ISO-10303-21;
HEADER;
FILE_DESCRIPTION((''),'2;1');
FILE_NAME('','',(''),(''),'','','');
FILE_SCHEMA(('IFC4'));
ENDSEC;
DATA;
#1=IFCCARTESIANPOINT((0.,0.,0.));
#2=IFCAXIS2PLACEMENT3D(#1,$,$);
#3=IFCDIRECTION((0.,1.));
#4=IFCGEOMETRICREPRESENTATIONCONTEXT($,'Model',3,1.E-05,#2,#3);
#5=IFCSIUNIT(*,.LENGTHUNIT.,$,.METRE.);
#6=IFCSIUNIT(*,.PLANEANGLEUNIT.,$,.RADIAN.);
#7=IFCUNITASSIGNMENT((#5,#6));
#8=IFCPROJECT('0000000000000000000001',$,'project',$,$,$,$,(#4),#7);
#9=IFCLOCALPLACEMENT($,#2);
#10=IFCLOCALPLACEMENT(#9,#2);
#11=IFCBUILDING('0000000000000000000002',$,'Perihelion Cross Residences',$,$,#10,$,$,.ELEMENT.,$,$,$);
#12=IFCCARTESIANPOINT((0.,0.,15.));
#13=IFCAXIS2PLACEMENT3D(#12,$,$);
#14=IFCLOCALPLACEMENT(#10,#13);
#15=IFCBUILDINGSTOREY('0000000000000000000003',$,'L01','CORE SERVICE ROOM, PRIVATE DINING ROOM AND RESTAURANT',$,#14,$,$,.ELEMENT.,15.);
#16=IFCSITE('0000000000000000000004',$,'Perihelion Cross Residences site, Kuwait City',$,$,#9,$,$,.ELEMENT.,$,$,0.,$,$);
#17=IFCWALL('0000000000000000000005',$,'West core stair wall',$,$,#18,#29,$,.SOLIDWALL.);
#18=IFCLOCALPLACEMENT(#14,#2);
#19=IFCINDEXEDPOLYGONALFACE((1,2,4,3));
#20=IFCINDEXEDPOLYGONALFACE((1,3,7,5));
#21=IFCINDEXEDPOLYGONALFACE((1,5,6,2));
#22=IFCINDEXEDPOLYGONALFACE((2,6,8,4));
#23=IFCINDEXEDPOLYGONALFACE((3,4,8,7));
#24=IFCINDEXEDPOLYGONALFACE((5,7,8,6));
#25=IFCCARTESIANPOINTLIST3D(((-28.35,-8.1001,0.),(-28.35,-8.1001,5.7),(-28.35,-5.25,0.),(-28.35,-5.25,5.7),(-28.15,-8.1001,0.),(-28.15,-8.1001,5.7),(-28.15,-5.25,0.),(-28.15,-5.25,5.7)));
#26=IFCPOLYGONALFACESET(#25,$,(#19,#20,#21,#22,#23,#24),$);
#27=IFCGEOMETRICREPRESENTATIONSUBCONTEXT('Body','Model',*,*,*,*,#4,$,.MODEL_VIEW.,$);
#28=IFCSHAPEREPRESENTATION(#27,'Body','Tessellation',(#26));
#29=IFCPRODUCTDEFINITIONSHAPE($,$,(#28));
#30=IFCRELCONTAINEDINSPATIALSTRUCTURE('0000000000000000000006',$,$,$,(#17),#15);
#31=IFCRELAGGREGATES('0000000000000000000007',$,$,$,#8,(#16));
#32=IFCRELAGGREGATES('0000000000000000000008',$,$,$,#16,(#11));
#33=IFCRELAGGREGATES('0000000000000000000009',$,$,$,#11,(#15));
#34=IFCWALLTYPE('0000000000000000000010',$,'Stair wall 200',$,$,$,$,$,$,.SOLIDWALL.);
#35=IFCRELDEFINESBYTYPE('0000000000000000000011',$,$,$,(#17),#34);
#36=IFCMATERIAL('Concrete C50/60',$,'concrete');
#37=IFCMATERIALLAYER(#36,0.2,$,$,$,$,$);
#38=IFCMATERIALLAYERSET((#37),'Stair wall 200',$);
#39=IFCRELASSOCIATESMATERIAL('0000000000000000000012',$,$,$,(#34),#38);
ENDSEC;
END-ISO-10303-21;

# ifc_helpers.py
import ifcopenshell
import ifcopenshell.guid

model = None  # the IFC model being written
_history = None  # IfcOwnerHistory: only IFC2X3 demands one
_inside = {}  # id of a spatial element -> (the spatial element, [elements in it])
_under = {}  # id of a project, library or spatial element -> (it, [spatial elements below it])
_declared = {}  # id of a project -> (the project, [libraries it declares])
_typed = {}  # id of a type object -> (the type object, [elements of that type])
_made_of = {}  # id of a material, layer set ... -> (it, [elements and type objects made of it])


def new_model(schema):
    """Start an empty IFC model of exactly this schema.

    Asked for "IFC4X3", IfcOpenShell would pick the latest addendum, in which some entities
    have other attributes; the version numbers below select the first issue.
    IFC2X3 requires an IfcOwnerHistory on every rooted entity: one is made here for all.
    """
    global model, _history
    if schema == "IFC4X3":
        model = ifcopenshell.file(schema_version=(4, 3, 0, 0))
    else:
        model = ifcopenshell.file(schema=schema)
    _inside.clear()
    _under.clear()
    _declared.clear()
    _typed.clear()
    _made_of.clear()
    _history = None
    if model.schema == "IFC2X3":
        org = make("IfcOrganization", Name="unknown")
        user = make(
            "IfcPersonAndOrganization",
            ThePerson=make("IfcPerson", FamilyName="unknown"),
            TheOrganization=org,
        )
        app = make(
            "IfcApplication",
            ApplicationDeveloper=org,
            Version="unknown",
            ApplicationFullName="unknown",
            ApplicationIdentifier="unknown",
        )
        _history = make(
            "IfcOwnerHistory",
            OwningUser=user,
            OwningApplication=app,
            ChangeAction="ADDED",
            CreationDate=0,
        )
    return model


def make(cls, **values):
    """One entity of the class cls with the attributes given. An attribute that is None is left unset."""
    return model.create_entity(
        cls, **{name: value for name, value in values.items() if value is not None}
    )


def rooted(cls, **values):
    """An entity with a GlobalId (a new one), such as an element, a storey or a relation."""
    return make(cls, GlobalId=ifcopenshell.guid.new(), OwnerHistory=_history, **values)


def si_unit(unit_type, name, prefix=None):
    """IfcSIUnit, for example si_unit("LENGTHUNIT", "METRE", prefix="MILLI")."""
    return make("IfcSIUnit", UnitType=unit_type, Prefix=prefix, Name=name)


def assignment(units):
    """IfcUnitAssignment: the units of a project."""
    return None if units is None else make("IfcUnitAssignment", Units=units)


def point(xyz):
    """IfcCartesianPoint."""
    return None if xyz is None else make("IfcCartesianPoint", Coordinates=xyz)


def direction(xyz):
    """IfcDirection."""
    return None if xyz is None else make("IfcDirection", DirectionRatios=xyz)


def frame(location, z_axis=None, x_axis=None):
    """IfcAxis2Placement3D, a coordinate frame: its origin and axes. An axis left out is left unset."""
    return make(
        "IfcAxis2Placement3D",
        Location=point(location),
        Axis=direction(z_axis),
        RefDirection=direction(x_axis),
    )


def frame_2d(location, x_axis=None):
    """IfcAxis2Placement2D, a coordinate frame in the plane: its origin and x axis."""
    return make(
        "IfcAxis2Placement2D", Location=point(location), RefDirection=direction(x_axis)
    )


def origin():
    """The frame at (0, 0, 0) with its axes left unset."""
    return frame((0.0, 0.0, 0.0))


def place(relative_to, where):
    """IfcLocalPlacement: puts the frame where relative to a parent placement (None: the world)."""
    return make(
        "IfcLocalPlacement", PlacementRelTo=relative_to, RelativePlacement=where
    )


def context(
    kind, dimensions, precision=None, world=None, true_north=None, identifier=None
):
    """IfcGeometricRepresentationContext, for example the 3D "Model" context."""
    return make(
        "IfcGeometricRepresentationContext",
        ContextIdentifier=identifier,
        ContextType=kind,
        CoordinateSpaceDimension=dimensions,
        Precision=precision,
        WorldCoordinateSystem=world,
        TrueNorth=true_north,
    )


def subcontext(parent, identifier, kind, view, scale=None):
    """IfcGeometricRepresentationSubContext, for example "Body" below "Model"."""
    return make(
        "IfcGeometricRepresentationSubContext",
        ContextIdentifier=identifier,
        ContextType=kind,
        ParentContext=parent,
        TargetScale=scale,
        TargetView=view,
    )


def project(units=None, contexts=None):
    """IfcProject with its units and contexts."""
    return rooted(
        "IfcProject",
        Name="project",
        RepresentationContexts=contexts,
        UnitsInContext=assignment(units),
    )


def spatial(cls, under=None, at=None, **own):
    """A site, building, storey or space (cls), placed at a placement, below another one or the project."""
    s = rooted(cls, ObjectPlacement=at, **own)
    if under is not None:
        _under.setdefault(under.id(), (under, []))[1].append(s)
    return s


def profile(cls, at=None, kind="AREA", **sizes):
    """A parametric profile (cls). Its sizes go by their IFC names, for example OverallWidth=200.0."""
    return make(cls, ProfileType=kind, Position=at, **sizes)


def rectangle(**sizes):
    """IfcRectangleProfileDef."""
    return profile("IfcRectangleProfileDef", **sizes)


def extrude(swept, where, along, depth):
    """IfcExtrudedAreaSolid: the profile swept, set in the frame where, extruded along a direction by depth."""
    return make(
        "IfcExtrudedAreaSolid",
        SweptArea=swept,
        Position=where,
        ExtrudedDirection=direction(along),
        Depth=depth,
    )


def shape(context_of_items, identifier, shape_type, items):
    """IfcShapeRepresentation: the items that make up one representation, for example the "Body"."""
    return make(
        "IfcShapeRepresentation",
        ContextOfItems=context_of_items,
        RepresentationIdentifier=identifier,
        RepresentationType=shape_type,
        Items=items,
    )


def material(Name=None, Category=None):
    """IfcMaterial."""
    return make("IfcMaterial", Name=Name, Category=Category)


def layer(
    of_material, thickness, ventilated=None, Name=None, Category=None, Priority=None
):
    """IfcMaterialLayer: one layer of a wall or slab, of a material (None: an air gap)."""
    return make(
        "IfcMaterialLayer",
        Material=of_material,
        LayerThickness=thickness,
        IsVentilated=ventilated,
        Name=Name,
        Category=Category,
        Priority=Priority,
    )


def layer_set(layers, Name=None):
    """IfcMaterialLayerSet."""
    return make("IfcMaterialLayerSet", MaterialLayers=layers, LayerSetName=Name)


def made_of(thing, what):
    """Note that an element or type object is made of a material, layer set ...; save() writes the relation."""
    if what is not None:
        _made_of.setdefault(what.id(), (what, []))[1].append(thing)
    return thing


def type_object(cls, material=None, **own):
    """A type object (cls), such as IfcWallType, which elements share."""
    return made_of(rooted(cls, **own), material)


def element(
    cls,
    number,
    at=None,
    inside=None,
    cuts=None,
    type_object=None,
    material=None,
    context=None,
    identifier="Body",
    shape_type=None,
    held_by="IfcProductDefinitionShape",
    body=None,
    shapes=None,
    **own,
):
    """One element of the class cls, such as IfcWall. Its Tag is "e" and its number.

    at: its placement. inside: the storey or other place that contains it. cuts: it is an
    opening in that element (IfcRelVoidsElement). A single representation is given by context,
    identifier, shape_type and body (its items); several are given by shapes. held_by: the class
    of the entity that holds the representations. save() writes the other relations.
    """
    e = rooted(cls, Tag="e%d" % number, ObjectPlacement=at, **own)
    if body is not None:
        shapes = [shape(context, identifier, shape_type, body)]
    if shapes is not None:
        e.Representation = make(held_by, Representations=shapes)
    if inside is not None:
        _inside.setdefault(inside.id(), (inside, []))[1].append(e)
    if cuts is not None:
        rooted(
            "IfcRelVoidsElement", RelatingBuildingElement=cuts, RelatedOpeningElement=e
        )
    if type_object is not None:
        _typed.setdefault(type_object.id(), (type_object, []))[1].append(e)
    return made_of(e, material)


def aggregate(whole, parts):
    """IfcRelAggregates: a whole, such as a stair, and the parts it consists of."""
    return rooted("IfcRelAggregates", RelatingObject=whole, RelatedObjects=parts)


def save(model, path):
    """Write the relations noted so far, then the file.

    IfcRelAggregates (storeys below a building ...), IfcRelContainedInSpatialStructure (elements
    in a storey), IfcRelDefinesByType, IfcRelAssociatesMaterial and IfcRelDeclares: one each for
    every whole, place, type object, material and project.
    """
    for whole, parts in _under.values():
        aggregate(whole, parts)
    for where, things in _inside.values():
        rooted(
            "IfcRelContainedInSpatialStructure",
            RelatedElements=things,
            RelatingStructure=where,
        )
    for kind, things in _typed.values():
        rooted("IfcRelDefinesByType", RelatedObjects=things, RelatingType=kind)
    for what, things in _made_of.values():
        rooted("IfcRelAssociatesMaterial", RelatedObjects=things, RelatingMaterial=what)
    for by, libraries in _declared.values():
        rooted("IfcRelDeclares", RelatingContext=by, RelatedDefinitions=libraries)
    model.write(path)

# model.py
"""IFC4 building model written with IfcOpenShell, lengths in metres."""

from ifc_helpers import new_model, si_unit, direction, frame, frame_2d, origin, place, context, subcontext, project, spatial, rectangle, extrude, material, layer, layer_set, type_object, element, save


model = new_model("IFC4")

# Units and contexts
model_context = context("Model", 3, precision=1e-05, world=origin(), true_north=direction((0.0, 1.0)))
body_context = subcontext(model_context, "Body", "Model", "MODEL_VIEW")
ifc_project = project(units=[si_unit("LENGTHUNIT", "METRE"), si_unit("PLANEANGLEUNIT", "RADIAN")], contexts=[model_context])

# Site, building, storey
site_placement = place(None, origin())
site = spatial("IfcSite", under=ifc_project, at=site_placement, Name="Perihelion Cross Residences site, Kuwait City", CompositionType="ELEMENT", RefElevation=0.0)
building_placement = place(site_placement, origin())
building = spatial("IfcBuilding", under=site, at=building_placement, Name="Perihelion Cross Residences", CompositionType="ELEMENT")
storey_placement = place(building_placement, frame((0.0, 0.0, 15.0)))
storey = spatial("IfcBuildingStorey", under=building, at=storey_placement, Name="L01", Description="CORE SERVICE ROOM, PRIVATE DINING ROOM AND RESTAURANT", CompositionType="ELEMENT", Elevation=15.0)

# Shared definitions
ifc_material_1 = material(Name="Concrete C50/60", Category="concrete")
ifc_layer_1 = layer(ifc_material_1, 0.2)
ifc_layer_set_1 = layer_set([ifc_layer_1], Name="Stair wall 200")
wall_type_1 = type_object("IfcWallType", Name="Stair wall 200", PredefinedType="SOLIDWALL", material=ifc_layer_set_1)

# Wall
wall_1_placement = place(storey_placement, frame((-28.25, -8.1001, 0.0), z_axis=(0.0, 0.0, 1.0), x_axis=(0.0, 1.0, 0.0)))
element("IfcWall", 1, at=wall_1_placement, inside=storey, type_object=wall_type_1, Name="West core stair wall", PredefinedType="SOLIDWALL", context=body_context, shape_type="SweptSolid", body=[
    extrude(rectangle(XDim=2.8501, YDim=0.2, at=frame_2d((1.425, 0.0))), origin(), (0.0, 0.0, 1.0), 5.7),
])

save(model, "model.ifc")
